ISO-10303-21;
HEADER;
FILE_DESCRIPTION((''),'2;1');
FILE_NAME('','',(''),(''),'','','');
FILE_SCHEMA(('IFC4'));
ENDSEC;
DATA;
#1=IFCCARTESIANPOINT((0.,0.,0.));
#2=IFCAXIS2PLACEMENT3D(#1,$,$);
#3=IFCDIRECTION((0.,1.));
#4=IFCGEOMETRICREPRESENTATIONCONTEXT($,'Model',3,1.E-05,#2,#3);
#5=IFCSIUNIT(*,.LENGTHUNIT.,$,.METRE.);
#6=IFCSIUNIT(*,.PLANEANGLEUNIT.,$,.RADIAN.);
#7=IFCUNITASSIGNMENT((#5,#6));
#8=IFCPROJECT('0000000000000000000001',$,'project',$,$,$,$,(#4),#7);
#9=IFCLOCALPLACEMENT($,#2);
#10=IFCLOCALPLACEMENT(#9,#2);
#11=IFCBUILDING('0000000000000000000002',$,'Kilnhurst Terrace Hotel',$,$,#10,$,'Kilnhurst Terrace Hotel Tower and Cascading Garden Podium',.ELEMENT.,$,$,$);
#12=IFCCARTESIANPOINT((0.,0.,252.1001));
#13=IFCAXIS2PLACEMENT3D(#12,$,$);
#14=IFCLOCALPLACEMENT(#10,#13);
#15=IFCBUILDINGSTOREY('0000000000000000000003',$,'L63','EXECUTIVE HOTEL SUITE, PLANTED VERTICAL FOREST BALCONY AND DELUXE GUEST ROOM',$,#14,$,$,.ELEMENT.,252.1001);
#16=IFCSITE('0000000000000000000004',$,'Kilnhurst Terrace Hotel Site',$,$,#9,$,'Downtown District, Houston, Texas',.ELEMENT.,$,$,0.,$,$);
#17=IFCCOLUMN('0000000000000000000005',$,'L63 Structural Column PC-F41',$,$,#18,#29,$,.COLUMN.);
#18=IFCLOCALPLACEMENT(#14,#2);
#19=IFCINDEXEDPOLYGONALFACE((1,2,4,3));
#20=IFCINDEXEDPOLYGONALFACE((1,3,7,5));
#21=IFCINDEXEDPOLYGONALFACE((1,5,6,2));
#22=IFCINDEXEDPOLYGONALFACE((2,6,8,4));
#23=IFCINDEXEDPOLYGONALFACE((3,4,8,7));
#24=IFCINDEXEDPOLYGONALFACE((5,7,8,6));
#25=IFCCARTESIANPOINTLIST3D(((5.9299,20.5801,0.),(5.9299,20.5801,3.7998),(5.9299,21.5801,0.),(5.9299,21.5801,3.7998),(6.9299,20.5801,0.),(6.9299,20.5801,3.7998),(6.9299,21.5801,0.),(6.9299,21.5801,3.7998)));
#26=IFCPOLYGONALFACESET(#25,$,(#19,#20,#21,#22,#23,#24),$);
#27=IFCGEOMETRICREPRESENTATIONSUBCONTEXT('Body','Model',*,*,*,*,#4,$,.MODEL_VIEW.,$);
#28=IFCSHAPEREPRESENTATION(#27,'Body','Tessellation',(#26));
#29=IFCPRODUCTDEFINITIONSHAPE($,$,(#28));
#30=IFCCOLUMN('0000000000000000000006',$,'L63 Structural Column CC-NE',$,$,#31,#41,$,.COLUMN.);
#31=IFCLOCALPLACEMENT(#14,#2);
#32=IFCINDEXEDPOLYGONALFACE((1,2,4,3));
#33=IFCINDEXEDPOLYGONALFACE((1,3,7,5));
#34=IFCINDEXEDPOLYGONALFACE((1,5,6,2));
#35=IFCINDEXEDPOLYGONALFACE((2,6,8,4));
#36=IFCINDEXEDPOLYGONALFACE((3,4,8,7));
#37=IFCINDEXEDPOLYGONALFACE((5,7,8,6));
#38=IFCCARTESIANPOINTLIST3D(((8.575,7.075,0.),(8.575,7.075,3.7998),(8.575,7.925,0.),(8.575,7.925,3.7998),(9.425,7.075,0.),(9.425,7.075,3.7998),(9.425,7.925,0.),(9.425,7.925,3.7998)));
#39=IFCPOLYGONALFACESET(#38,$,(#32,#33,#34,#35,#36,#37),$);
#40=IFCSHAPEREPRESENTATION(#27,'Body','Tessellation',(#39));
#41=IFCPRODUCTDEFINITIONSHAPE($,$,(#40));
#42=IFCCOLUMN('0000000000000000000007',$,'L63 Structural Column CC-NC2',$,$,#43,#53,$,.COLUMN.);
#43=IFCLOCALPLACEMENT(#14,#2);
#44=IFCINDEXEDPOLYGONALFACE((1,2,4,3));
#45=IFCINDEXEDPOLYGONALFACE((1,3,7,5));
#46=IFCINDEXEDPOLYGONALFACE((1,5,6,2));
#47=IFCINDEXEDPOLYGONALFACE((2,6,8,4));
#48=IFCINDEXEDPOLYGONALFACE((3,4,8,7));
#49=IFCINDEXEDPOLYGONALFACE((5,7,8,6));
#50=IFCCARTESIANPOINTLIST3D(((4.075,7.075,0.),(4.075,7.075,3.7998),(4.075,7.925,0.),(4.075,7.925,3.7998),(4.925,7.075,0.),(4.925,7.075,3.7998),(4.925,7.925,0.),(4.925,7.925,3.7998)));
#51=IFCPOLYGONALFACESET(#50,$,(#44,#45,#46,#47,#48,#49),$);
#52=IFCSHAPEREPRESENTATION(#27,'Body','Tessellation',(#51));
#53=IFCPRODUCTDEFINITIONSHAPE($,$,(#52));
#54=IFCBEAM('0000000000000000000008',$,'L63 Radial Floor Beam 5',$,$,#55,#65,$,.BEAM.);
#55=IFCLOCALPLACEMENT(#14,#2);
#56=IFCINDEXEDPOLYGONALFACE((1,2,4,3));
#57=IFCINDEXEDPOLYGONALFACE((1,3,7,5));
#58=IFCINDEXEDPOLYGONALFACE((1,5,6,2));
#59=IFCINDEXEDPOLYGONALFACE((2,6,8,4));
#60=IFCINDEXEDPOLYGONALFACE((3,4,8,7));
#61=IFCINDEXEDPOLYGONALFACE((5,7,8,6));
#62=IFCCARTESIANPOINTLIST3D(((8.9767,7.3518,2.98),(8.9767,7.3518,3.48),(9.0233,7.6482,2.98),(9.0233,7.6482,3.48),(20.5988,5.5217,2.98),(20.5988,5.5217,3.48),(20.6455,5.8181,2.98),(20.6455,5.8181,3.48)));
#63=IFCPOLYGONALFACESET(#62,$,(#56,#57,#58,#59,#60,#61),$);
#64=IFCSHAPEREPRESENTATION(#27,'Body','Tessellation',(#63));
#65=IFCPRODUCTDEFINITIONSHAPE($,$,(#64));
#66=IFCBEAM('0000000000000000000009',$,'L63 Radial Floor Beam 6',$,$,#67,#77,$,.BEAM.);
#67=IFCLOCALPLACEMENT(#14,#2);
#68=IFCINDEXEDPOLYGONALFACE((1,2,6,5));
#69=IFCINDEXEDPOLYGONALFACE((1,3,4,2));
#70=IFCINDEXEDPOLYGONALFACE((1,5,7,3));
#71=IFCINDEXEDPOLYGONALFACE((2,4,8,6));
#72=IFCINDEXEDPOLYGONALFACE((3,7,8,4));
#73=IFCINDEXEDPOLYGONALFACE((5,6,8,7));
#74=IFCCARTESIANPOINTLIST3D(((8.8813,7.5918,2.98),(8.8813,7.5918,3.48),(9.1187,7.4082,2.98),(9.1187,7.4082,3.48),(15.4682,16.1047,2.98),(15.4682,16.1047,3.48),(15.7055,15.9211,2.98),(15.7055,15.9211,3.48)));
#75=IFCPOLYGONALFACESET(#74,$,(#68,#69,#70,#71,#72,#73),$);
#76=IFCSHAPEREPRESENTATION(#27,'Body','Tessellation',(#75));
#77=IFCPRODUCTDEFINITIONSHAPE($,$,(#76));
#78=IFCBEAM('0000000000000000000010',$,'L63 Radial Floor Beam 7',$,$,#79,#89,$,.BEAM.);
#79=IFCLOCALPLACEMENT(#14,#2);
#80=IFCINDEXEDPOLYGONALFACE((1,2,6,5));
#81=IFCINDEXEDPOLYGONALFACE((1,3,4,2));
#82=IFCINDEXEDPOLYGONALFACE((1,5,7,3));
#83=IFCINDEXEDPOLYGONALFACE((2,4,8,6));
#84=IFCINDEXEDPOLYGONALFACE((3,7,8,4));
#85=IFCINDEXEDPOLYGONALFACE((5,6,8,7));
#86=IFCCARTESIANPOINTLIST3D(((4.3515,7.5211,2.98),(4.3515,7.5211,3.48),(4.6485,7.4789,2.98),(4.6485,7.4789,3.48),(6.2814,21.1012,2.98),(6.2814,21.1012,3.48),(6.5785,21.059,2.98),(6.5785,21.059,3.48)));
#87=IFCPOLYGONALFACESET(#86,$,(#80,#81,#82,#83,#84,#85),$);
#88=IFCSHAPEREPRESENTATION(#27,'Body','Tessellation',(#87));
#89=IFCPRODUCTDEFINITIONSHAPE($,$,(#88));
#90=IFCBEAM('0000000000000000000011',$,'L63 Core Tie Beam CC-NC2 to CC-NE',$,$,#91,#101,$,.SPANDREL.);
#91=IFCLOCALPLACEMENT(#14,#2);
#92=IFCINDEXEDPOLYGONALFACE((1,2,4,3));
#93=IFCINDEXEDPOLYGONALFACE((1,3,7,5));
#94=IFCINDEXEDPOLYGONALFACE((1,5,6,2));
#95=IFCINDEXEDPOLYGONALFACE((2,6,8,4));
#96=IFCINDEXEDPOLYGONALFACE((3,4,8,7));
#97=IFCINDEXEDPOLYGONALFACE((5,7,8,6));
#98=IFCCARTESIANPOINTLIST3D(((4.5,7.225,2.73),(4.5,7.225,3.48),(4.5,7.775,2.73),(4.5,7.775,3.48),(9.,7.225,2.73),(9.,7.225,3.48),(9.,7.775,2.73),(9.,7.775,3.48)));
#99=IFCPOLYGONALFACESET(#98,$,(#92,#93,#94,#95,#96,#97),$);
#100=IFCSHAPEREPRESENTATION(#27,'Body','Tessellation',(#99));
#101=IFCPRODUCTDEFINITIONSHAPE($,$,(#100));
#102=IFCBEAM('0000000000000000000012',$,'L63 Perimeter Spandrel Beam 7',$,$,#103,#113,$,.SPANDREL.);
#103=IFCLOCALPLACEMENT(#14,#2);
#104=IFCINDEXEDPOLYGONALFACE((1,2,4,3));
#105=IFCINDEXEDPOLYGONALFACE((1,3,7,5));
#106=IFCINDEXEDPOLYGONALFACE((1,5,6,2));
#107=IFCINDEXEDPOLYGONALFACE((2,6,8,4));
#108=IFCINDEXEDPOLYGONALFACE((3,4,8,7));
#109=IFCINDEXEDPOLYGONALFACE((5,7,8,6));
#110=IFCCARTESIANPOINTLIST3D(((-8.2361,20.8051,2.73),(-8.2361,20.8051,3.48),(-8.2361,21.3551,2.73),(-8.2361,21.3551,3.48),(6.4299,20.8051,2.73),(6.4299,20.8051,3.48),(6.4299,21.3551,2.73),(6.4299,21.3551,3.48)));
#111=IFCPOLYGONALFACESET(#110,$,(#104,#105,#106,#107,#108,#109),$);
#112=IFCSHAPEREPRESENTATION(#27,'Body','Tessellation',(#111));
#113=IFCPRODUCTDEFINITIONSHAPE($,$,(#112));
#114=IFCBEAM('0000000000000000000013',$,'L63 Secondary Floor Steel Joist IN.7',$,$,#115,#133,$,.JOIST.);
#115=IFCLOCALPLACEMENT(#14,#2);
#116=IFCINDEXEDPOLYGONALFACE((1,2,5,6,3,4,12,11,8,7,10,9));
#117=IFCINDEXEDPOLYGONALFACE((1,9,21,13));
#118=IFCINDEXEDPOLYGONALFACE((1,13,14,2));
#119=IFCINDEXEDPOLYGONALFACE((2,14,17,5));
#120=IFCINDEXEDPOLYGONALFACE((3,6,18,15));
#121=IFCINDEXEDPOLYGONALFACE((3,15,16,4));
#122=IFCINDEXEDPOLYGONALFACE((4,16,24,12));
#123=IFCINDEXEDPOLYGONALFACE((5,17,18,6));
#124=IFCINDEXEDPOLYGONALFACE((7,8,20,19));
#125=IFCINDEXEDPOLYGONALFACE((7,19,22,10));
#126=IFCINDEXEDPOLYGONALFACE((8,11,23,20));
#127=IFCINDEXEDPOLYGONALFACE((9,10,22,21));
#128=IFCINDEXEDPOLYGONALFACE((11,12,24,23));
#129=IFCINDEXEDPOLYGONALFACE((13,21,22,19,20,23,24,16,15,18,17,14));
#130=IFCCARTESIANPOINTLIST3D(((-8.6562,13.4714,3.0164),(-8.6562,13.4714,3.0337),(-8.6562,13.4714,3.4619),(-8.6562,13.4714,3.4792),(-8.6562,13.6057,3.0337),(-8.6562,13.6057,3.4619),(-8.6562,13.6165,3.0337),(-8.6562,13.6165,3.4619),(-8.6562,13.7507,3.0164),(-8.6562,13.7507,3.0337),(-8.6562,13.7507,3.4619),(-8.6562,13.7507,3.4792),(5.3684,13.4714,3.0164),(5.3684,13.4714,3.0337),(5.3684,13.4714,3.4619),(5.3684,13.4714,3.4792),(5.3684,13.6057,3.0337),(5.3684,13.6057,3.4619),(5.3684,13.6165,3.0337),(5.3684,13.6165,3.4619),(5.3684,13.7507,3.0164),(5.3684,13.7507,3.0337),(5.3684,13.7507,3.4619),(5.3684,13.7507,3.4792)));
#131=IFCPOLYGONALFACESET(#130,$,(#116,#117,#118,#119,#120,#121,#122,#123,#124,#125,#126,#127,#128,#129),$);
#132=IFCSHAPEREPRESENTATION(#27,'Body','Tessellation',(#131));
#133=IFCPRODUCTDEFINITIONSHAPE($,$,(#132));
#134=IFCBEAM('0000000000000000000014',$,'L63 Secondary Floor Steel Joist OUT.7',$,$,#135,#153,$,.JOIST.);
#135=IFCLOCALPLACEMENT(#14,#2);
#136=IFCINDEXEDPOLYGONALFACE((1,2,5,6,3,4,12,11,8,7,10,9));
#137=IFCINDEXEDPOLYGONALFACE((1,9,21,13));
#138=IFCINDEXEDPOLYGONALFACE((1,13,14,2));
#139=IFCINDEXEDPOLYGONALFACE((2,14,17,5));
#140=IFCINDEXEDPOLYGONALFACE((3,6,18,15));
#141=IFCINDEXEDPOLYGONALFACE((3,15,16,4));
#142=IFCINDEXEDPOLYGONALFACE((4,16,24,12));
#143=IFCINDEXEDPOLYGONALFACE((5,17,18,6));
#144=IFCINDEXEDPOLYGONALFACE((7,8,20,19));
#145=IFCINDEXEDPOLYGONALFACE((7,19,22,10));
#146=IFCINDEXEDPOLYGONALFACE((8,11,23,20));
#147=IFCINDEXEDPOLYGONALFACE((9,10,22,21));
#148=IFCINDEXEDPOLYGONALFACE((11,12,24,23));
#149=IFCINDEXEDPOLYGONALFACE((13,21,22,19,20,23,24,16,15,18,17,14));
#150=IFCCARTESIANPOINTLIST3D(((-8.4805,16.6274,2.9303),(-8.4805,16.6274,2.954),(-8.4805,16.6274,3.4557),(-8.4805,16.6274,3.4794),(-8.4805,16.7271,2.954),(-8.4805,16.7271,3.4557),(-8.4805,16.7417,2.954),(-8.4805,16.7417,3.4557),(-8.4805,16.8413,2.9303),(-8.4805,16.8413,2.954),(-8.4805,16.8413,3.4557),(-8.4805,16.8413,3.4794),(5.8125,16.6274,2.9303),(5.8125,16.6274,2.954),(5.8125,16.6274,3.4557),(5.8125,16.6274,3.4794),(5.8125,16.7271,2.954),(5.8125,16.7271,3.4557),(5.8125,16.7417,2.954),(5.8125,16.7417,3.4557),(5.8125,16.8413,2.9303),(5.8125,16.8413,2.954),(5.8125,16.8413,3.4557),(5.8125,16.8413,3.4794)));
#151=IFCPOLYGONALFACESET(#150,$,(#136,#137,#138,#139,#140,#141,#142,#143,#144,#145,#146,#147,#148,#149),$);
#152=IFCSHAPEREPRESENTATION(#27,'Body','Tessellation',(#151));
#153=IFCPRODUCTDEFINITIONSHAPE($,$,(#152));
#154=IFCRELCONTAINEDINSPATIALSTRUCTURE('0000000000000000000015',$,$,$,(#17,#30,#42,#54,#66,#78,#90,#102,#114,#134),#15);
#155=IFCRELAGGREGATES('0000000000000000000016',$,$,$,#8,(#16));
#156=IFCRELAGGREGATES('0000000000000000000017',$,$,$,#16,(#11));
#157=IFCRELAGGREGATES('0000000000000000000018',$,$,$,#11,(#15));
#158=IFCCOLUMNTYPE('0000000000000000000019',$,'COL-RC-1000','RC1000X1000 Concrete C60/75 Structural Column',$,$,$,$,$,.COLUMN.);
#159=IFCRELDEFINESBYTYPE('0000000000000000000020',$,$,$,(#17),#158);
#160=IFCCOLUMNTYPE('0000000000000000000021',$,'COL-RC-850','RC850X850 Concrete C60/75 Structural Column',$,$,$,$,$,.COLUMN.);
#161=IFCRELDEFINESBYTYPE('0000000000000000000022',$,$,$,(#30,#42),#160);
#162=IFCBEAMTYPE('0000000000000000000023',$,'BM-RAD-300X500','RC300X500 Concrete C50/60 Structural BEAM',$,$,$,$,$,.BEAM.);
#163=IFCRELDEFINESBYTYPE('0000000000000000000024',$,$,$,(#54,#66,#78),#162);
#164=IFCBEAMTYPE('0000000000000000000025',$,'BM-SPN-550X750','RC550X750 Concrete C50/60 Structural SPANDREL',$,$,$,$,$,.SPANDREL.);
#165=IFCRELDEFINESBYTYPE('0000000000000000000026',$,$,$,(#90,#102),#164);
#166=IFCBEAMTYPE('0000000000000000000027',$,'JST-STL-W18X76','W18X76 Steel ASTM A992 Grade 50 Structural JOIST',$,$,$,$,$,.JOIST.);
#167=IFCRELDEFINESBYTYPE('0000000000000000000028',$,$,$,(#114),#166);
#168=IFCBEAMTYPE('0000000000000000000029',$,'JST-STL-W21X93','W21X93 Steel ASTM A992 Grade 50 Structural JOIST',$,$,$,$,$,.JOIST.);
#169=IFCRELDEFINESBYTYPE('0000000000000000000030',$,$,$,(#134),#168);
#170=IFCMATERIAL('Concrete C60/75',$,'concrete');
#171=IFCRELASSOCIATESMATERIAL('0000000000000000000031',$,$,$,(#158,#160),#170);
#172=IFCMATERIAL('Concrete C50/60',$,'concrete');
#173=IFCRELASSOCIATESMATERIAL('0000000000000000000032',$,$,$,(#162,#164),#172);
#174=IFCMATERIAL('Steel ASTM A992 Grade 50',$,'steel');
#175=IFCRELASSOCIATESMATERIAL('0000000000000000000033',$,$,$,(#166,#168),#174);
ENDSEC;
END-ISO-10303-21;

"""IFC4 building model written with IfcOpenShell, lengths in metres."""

from ifc_helpers import new_model, si_unit, direction, frame, origin, origin_2d, place, context, subcontext, project, spatial, rectangle, i_section, extrude, material, material_profile, profile_set, type_object, element, save


model = new_model("IFC4")

# Units and contexts
model_context = context("Model", 3, precision=1e-05, world=origin(), true_north=direction((0.0, 1.0)))
body_context = subcontext(model_context, "Body", "Model", "MODEL_VIEW")
ifc_project = project(units=[si_unit("LENGTHUNIT", "METRE"), si_unit("PLANEANGLEUNIT", "RADIAN")], contexts=[model_context])

# Site, building, storey
site_placement = place(None, origin())
site = spatial("IfcSite", under=ifc_project, at=site_placement, Name="Kilnhurst Terrace Hotel Site", LongName="Downtown District, Houston, Texas", CompositionType="ELEMENT", RefElevation=0.0)
building_placement = place(site_placement, origin())
building = spatial("IfcBuilding", under=site, at=building_placement, Name="Kilnhurst Terrace Hotel", LongName="Kilnhurst Terrace Hotel Tower and Cascading Garden Podium", CompositionType="ELEMENT")
storey_placement = place(building_placement, frame((0.0, 0.0, 252.1001)))
storey = spatial("IfcBuildingStorey", under=building, at=storey_placement, Name="L63", Description="EXECUTIVE HOTEL SUITE, PLANTED VERTICAL FOREST BALCONY AND DELUXE GUEST ROOM", CompositionType="ELEMENT", Elevation=252.1001)

# Columns
ifc_material_1 = material(Name="Concrete C60/75", Category="concrete")
ifc_material_profile_1 = material_profile(ifc_material_1, rectangle(XDim=1.0, YDim=1.0, at=origin_2d()), Name="RC1000X1000")
ifc_profile_set_1 = profile_set([ifc_material_profile_1], Name="Concrete C60/75")
column_type_1 = type_object("IfcColumnType", Name="COL-RC-1000", Description="RC1000X1000 Concrete C60/75 Structural Column", PredefinedType="COLUMN", material=ifc_profile_set_1)
column_placement = place(storey_placement, frame((6.4299, 21.0801, 0.0), z_axis=(0.0, 0.0, 1.0), x_axis=(1.0, 0.0, 0.0)))
element("IfcColumn", 1, at=column_placement, inside=storey, type_object=column_type_1, Name="L63 Structural Column PC-F41", PredefinedType="COLUMN", context=body_context, shape_type="SweptSolid", body=[
    extrude(rectangle(XDim=1.0, YDim=1.0, at=origin_2d()), origin(), (0.0, 0.0, 1.0), 3.7998),
])
ifc_material_profile_2 = material_profile(ifc_material_1, rectangle(XDim=0.8501, YDim=0.8501, at=origin_2d()), Name="RC850X850")
ifc_profile_set_2 = profile_set([ifc_material_profile_2], Name="Concrete C60/75")
column_type_2 = type_object("IfcColumnType", Name="COL-RC-850", Description="RC850X850 Concrete C60/75 Structural Column", PredefinedType="COLUMN", material=ifc_profile_set_2)
for number, where, z_axis, x_axis, name in (
    (2, (9.0, 7.5, 0.0), (0.0, 0.0, 1.0), (1.0, 0.0, 0.0), "L63 Structural Column CC-NE"),
    (3, (4.5, 7.5, 0.0), (0.0, 0.0, 1.0), (1.0, 0.0, 0.0), "L63 Structural Column CC-NC2"),
):
    element("IfcColumn", number, at=place(storey_placement, frame(where, z_axis=z_axis, x_axis=x_axis)), inside=storey, type_object=column_type_2, Name=name, PredefinedType="COLUMN", context=body_context, shape_type="SweptSolid", body=[
        extrude(rectangle(XDim=0.8501, YDim=0.8501, at=origin_2d()), origin(), (0.0, 0.0, 1.0), 3.7998),
    ])

# Beams
ifc_material_2 = material(Name="Concrete C50/60", Category="concrete")
ifc_material_profile_3 = material_profile(ifc_material_2, rectangle(XDim=0.3, YDim=0.5, at=origin_2d()), Name="RC300X500")
ifc_profile_set_3 = profile_set([ifc_material_profile_3], Name="Concrete C50/60")
beam_type_1 = type_object("IfcBeamType", Name="BM-RAD-300X500", Description="RC300X500 Concrete C50/60 Structural BEAM", PredefinedType="BEAM", material=ifc_profile_set_3)
beam_1_placement = place(storey_placement, frame((9.0, 7.5, 3.23), z_axis=(0.987828, -0.155549, 0.0), x_axis=(0.155549, 0.987828, 0.0)))
element("IfcBeam", 4, at=beam_1_placement, inside=storey, type_object=beam_type_1, Name="L63 Radial Floor Beam 5", PredefinedType="BEAM", context=body_context, shape_type="SweptSolid", body=[
    extrude(rectangle(XDim=0.3, YDim=0.5, at=origin_2d()), origin(), (0.0, 0.0, 1.0), 11.7654),
])
beam_2_placement = place(storey_placement, frame((9.0, 7.5, 3.23), z_axis=(0.611955, 0.790892, 0.0), x_axis=(-0.790892, 0.611955, 0.0)))
element("IfcBeam", 5, at=beam_2_placement, inside=storey, type_object=beam_type_1, Name="L63 Radial Floor Beam 6", PredefinedType="BEAM", context=body_context, shape_type="SweptSolid", body=[
    extrude(rectangle(XDim=0.3, YDim=0.5, at=origin_2d()), origin(), (0.0, 0.0, 1.0), 10.7637),
])
beam_3_placement = place(storey_placement, frame((4.5, 7.5, 3.23), z_axis=(0.140701, 0.990052, 0.0), x_axis=(-0.990052, 0.140701, 0.0)))
element("IfcBeam", 6, at=beam_3_placement, inside=storey, type_object=beam_type_1, Name="L63 Radial Floor Beam 7", PredefinedType="BEAM", context=body_context, shape_type="SweptSolid", body=[
    extrude(rectangle(XDim=0.3, YDim=0.5, at=origin_2d()), origin(), (0.0, 0.0, 1.0), 13.7166),
])
ifc_material_profile_4 = material_profile(ifc_material_2, rectangle(XDim=0.55, YDim=0.75, at=origin_2d()), Name="RC550X750")
ifc_profile_set_4 = profile_set([ifc_material_profile_4], Name="Concrete C50/60")
beam_type_2 = type_object("IfcBeamType", Name="BM-SPN-550X750", Description="RC550X750 Concrete C50/60 Structural SPANDREL", PredefinedType="SPANDREL", material=ifc_profile_set_4)
beam_4_placement = place(storey_placement, frame((4.5, 7.5, 3.105), z_axis=(1.0, 0.0, 0.0), x_axis=(0.0, 1.0, 0.0)))
element("IfcBeam", 7, at=beam_4_placement, inside=storey, type_object=beam_type_2, Name="L63 Core Tie Beam CC-NC2 to CC-NE", PredefinedType="SPANDREL", context=body_context, shape_type="SweptSolid", body=[
    extrude(rectangle(XDim=0.55, YDim=0.75, at=origin_2d()), origin(), (0.0, 0.0, 1.0), 4.5),
])
beam_5_placement = place(storey_placement, frame((6.4299, 21.0801, 3.105), z_axis=(-1.0, 0.0, 0.0), x_axis=(0.0, -1.0, 0.0)))
element("IfcBeam", 8, at=beam_5_placement, inside=storey, type_object=beam_type_2, Name="L63 Perimeter Spandrel Beam 7", PredefinedType="SPANDREL", context=body_context, shape_type="SweptSolid", body=[
    extrude(rectangle(XDim=0.55, YDim=0.75, at=origin_2d()), origin(), (0.0, 0.0, 1.0), 14.666),
])
ifc_material_3 = material(Name="Steel ASTM A992 Grade 50", Category="steel")
ifc_material_profile_5 = material_profile(ifc_material_3, i_section(OverallWidth=0.2793, OverallDepth=0.4629, WebThickness=0.0107, FlangeThickness=0.0173, at=origin_2d()), Name="W18X76")
ifc_profile_set_5 = profile_set([ifc_material_profile_5], Name="Steel ASTM A992 Grade 50")
beam_type_3 = type_object("IfcBeamType", Name="JST-STL-W18X76", Description="W18X76 Steel ASTM A992 Grade 50 Structural JOIST", PredefinedType="JOIST", material=ifc_profile_set_5)
beam_6_placement = place(storey_placement, frame((5.3684, 13.6111, 3.2478), z_axis=(-1.0, 0.0, 0.0), x_axis=(0.0, -1.0, 0.0)))
element("IfcBeam", 9, at=beam_6_placement, inside=storey, type_object=beam_type_3, Name="L63 Secondary Floor Steel Joist IN.7", PredefinedType="JOIST", context=body_context, shape_type="SweptSolid", body=[
    extrude(i_section(OverallWidth=0.2793, OverallDepth=0.4629, WebThickness=0.0107, FlangeThickness=0.0173, at=origin_2d()), origin(), (0.0, 0.0, 1.0), 14.0247),
])
ifc_material_profile_6 = material_profile(ifc_material_3, i_section(OverallWidth=0.2139, OverallDepth=0.5491, WebThickness=0.0146, FlangeThickness=0.0237, at=origin_2d()), Name="W21X93")
ifc_profile_set_6 = profile_set([ifc_material_profile_6], Name="Steel ASTM A992 Grade 50")
beam_type_4 = type_object("IfcBeamType", Name="JST-STL-W21X93", Description="W21X93 Steel ASTM A992 Grade 50 Structural JOIST", PredefinedType="JOIST", material=ifc_profile_set_6)
beam_7_placement = place(storey_placement, frame((5.8125, 16.7344, 3.2048), z_axis=(-1.0, 0.0, 0.0), x_axis=(0.0, -1.0, 0.0)))
element("IfcBeam", 10, at=beam_7_placement, inside=storey, type_object=beam_type_4, Name="L63 Secondary Floor Steel Joist OUT.7", PredefinedType="JOIST", context=body_context, shape_type="SweptSolid", body=[
    extrude(i_section(OverallWidth=0.2139, OverallDepth=0.5491, WebThickness=0.0146, FlangeThickness=0.0237, at=origin_2d()), origin(), (0.0, 0.0, 1.0), 14.293),
])

save(model, "model.ifc")
